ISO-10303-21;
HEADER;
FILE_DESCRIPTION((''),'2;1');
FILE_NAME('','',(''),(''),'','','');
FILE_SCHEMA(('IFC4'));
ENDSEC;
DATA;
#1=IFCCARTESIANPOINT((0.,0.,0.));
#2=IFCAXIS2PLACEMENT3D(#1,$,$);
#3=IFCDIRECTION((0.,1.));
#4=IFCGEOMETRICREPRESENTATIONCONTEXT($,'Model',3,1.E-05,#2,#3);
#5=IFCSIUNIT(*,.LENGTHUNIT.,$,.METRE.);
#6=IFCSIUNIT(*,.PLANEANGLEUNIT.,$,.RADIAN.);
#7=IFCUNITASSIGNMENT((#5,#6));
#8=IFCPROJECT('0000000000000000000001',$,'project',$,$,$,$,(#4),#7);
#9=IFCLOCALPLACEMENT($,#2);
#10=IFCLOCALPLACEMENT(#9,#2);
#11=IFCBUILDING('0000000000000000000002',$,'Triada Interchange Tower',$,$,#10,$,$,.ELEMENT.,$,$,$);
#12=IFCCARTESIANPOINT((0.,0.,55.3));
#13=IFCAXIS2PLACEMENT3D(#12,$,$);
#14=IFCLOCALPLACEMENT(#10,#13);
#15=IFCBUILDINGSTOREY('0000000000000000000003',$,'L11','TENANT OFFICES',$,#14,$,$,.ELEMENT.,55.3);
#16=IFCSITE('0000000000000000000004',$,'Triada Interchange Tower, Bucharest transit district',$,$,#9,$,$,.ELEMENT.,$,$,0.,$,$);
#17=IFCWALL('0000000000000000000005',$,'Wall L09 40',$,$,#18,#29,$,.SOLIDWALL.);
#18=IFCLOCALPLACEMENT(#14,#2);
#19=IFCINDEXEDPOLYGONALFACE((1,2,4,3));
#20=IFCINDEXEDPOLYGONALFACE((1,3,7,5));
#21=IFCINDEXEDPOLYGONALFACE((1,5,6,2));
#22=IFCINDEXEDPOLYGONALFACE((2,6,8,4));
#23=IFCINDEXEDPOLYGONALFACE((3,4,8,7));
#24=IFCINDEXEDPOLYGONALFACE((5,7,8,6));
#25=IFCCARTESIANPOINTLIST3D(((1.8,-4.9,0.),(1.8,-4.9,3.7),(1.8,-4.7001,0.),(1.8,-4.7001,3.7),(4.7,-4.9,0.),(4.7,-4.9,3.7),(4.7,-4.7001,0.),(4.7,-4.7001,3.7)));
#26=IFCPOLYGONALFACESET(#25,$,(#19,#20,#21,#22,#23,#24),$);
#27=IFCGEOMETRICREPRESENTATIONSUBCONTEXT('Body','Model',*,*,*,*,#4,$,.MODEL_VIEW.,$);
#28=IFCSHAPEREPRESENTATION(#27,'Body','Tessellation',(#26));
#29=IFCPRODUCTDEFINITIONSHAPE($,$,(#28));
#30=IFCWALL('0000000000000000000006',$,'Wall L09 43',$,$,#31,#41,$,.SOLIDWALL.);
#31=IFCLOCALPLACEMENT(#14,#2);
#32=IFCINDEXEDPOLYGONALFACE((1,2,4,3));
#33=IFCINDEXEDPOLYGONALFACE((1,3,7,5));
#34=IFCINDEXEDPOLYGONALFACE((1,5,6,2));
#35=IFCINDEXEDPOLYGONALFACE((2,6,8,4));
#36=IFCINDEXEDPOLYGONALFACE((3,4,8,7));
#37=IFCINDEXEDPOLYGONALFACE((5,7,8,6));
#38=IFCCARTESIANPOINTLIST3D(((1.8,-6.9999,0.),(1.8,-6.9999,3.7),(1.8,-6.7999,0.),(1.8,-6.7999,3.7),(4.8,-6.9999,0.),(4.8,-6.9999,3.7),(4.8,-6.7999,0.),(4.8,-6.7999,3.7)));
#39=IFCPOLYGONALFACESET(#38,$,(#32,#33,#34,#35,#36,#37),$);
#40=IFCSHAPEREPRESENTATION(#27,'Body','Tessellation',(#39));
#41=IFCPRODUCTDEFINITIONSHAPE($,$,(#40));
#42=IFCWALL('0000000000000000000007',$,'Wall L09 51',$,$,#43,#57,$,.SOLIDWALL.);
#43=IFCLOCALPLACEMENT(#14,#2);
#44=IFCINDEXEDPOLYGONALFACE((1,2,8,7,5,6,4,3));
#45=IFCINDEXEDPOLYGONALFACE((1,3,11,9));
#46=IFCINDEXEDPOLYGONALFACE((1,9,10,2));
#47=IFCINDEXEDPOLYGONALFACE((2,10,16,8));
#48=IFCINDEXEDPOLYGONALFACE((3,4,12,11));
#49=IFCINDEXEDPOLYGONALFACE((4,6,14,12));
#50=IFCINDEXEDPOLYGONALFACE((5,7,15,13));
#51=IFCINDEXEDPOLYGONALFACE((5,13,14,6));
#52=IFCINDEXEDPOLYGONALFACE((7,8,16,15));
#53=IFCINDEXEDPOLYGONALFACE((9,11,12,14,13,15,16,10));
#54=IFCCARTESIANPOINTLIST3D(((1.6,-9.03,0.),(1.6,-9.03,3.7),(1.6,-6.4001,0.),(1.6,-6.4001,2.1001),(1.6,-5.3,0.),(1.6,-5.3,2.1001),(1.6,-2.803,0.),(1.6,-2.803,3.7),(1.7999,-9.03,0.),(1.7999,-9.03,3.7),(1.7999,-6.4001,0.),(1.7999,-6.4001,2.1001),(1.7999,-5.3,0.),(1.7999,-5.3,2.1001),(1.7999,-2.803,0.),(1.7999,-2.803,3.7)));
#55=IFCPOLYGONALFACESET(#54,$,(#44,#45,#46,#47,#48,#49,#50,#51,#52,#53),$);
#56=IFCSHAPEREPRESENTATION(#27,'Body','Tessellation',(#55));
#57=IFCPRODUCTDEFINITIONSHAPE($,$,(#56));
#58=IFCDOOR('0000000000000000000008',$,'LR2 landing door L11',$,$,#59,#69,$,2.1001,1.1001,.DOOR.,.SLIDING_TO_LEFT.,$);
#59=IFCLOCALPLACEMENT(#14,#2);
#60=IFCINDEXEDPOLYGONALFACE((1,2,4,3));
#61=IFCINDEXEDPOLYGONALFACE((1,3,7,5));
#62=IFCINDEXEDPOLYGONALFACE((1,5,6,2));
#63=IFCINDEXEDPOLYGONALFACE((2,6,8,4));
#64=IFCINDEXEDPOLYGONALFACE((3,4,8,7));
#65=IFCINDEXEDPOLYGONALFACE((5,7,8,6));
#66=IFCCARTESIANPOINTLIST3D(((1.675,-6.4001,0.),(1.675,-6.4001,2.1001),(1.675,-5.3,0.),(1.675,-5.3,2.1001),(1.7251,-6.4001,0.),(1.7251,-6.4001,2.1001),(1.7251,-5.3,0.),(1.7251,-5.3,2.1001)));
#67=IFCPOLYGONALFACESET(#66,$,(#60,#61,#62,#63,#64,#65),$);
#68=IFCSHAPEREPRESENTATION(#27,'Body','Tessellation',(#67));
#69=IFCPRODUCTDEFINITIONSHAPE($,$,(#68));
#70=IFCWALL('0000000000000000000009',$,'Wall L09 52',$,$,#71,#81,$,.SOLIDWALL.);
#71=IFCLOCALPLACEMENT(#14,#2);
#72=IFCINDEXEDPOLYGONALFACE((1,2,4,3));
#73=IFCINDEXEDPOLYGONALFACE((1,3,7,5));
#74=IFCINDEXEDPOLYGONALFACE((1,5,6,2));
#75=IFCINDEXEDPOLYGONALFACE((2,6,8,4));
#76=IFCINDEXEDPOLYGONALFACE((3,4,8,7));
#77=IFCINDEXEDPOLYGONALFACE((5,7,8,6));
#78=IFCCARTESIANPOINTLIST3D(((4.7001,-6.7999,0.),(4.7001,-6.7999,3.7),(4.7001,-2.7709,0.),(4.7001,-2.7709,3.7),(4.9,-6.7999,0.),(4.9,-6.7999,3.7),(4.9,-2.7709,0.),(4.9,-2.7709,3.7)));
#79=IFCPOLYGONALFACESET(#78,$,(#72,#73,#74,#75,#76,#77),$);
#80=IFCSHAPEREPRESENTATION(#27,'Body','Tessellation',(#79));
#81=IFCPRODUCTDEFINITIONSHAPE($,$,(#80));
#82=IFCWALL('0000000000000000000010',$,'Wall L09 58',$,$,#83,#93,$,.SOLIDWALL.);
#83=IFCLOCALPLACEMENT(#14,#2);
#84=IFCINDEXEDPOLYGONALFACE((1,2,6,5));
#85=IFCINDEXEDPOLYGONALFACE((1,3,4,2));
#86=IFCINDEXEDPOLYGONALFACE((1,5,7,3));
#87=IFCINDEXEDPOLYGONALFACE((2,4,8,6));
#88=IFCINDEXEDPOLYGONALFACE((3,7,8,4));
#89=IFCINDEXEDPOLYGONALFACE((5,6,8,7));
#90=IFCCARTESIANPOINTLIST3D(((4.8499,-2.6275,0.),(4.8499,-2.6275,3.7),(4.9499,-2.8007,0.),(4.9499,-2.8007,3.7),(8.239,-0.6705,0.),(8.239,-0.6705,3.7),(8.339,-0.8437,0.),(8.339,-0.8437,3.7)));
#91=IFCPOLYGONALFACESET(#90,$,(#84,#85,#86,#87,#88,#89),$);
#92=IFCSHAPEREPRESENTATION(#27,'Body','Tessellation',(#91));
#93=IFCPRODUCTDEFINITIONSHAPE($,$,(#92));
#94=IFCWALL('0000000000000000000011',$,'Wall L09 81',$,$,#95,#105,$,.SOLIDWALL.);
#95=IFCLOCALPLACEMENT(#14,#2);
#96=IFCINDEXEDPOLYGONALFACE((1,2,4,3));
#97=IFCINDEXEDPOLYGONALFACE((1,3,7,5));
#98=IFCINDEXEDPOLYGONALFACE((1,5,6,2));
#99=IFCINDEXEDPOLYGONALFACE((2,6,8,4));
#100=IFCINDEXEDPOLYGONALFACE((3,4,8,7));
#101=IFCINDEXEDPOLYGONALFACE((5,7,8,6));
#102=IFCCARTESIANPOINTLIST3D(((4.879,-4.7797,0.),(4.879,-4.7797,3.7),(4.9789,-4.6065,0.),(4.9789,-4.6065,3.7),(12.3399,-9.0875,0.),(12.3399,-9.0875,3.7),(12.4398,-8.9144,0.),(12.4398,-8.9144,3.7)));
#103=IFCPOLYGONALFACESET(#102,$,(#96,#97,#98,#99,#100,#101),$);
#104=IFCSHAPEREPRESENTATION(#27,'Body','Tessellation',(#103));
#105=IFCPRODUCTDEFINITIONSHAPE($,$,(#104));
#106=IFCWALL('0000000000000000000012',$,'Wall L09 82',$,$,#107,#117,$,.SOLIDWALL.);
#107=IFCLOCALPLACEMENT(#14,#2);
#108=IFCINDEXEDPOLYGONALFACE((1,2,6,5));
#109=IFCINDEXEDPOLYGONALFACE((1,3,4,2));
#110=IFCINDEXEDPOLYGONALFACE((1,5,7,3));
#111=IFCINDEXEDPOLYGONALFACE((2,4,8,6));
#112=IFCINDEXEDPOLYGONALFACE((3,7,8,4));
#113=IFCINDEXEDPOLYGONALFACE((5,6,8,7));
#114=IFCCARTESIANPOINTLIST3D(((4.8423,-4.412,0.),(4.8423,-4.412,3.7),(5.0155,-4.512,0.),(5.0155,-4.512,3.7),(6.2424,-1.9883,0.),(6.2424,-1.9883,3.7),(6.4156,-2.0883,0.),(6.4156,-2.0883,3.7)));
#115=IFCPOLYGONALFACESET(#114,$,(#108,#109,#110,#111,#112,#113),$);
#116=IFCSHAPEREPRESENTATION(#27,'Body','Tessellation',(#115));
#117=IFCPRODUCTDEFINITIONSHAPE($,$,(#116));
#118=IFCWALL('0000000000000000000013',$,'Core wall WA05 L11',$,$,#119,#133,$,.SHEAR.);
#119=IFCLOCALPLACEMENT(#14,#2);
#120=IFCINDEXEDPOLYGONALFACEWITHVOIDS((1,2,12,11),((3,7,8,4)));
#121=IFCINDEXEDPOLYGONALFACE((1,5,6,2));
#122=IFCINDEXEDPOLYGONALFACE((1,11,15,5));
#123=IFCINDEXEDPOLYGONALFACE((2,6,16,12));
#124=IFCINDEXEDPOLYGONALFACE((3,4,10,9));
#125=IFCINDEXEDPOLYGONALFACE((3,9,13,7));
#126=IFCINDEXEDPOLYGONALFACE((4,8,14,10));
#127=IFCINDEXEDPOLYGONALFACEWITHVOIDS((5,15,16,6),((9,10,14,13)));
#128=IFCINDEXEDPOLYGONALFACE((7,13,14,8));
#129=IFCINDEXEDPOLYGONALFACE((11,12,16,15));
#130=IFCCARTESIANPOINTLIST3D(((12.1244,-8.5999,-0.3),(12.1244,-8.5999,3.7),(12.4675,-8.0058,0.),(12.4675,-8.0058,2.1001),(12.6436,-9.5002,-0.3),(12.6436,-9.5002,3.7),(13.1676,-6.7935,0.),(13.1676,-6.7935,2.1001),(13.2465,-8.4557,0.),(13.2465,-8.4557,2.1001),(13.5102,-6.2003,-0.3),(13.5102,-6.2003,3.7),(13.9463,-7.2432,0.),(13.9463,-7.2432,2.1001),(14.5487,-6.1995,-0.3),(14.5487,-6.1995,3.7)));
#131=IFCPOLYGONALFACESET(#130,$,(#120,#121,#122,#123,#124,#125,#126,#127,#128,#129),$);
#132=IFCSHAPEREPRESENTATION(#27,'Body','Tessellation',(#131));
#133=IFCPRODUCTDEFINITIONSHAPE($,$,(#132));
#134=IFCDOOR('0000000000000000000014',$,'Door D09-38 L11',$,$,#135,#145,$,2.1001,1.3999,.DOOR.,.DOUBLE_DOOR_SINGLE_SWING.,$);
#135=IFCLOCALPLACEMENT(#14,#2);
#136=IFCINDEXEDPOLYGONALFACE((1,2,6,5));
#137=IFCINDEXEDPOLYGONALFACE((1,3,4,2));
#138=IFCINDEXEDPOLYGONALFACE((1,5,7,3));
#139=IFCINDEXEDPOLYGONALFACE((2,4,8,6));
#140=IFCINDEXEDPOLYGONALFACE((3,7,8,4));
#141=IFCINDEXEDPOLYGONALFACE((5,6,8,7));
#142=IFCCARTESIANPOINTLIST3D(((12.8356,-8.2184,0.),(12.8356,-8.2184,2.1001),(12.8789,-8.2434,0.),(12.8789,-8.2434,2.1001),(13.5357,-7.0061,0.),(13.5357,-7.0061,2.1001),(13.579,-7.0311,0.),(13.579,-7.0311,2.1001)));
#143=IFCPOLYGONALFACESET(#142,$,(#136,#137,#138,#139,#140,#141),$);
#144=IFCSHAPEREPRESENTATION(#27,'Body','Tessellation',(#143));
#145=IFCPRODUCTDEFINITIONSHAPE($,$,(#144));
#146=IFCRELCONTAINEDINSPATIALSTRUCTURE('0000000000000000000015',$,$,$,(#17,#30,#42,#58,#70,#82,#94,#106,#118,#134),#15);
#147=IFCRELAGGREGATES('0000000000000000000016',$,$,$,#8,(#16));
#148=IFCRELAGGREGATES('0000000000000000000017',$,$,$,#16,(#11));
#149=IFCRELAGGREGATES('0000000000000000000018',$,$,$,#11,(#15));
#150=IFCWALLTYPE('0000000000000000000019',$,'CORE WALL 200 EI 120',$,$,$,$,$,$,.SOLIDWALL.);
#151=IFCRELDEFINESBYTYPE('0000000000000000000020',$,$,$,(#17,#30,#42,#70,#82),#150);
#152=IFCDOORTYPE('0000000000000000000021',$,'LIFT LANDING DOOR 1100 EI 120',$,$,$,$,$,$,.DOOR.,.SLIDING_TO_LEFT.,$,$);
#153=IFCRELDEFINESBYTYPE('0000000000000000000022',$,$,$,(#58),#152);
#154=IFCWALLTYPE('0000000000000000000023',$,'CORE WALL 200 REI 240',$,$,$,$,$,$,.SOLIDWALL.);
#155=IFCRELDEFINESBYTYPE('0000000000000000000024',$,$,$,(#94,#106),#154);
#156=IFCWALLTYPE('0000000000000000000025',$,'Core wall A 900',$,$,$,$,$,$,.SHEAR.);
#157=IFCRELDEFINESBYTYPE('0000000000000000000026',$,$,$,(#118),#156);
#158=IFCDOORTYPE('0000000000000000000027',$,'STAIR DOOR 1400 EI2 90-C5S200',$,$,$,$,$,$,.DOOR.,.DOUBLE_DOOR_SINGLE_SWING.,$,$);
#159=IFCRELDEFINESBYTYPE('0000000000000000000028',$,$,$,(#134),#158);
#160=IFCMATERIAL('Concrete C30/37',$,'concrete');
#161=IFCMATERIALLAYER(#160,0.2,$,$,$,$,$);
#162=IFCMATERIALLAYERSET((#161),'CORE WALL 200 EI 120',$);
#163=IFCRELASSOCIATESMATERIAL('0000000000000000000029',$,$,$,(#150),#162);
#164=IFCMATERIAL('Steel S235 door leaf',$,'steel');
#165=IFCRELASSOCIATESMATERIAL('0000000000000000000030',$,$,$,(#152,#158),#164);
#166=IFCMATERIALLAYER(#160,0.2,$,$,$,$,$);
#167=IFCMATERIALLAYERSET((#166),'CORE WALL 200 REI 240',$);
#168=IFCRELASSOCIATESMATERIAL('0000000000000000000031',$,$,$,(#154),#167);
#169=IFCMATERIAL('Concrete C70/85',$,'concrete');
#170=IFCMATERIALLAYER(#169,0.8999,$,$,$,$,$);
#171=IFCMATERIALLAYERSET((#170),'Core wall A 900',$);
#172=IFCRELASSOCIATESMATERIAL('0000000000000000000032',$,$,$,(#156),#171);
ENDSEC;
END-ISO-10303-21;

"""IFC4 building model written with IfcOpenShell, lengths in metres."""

from ifc_helpers import new_model, si_unit, direction, frame, frame_2d, origin, place, context, subcontext, project, spatial, polyline, rectangle, outline, extrude, material, layer, layer_set, type_object, element, fill, save


model = new_model("IFC4")

# Units and contexts
model_context = context("Model", 3, precision=1e-05, world=origin(), true_north=direction((0.0, 1.0)))
body_context = subcontext(model_context, "Body", "Model", "MODEL_VIEW")
ifc_project = project(units=[si_unit("LENGTHUNIT", "METRE"), si_unit("PLANEANGLEUNIT", "RADIAN")], contexts=[model_context])

# Site, building, storey
site_placement = place(None, origin())
site = spatial("IfcSite", under=ifc_project, at=site_placement, Name="Triada Interchange Tower, Bucharest transit district", CompositionType="ELEMENT", RefElevation=0.0)
building_placement = place(site_placement, origin())
building = spatial("IfcBuilding", under=site, at=building_placement, Name="Triada Interchange Tower", CompositionType="ELEMENT")
storey_placement = place(building_placement, frame((0.0, 0.0, 55.3)))
storey = spatial("IfcBuildingStorey", under=building, at=storey_placement, Name="L11", Description="TENANT OFFICES", CompositionType="ELEMENT", Elevation=55.3)

# Walls
ifc_material_1 = material(Name="Concrete C30/37", Category="concrete")
ifc_layer_1 = layer(ifc_material_1, 0.2)
ifc_layer_set_1 = layer_set([ifc_layer_1], Name="CORE WALL 200 EI 120")
wall_type_1 = type_object("IfcWallType", Name="CORE WALL 200 EI 120", PredefinedType="SOLIDWALL", material=ifc_layer_set_1)
wall_1_placement = place(storey_placement, frame((1.8, -4.8, 0.0), z_axis=(0.0, 0.0, 1.0), x_axis=(1.0, 0.0, 0.0)))
element("IfcWall", 1, at=wall_1_placement, inside=storey, type_object=wall_type_1, Name="Wall L09 40", PredefinedType="SOLIDWALL", context=body_context, shape_type="SweptSolid", body=[
    extrude(rectangle(XDim=2.8999, YDim=0.2, at=frame_2d((1.45, 0.0))), origin(), (0.0, 0.0, 1.0), 3.7),
])
wall_2_placement = place(storey_placement, frame((1.8, -6.8999, 0.0), z_axis=(0.0, 0.0, 1.0), x_axis=(1.0, 0.0, 0.0)))
element("IfcWall", 2, at=wall_2_placement, inside=storey, type_object=wall_type_1, Name="Wall L09 43", PredefinedType="SOLIDWALL", context=body_context, shape_type="SweptSolid", body=[
    extrude(rectangle(XDim=3.0, YDim=0.2, at=frame_2d((1.5, 0.0))), origin(), (0.0, 0.0, 1.0), 3.7),
])

# Wall, opening, door
wall_3_placement = place(storey_placement, frame((1.7, -9.03, 0.0), z_axis=(0.0, 0.0, 1.0), x_axis=(0.0, 1.0, 0.0)))
wall_3 = element("IfcWall", 3, at=wall_3_placement, inside=storey, type_object=wall_type_1, Name="Wall L09 51", PredefinedType="SOLIDWALL", context=body_context, shape_type="SweptSolid", body=[
    extrude(rectangle(XDim=6.2271, YDim=0.2, at=frame_2d((3.1135, 0.0))), origin(), (0.0, 0.0, 1.0), 3.7),
])
opening_1_placement = place(wall_3_placement, frame((2.6299, 0.0, 0.0)))
opening_1 = element("IfcOpeningElement", 4, at=opening_1_placement, cuts=wall_3, PredefinedType="OPENING", context=body_context, shape_type="SweptSolid", body=[
    extrude(rectangle(XDim=1.1001, YDim=2.1001, at=frame_2d((0.55, 1.05))), frame((0.0, 0.1099, 0.0), z_axis=(0.0, -1.0, 0.0), x_axis=(1.0, 0.0, 0.0)), (0.0, 0.0, 1.0), 0.22),
])
ifc_material_2 = material(Name="Steel S235 door leaf", Category="steel")
door_type_1 = type_object("IfcDoorType", Name="LIFT LANDING DOOR 1100 EI 120", OperationType="SLIDING_TO_LEFT", PredefinedType="DOOR", material=ifc_material_2)
door_1_placement = place(opening_1_placement, origin())
door_1 = element("IfcDoor", 5, at=door_1_placement, inside=storey, type_object=door_type_1, Name="LR2 landing door L11", OperationType="SLIDING_TO_LEFT", OverallHeight=2.1001, OverallWidth=1.1001, PredefinedType="DOOR", context=body_context, shape_type="SweptSolid", body=[
    extrude(rectangle(XDim=1.1001, YDim=2.1001, at=frame_2d((0.55, 1.05))), frame((0.0, 0.0249, 0.0), z_axis=(0.0, -1.0, 0.0), x_axis=(1.0, 0.0, 0.0)), (0.0, 0.0, 1.0), 0.05),
])
fill(opening_1, door_1)

# Walls
wall_4_placement = place(storey_placement, frame((4.8, -6.8, 0.0), z_axis=(0.0, 0.0, 1.0), x_axis=(0.0, 1.0, 0.0)))
element("IfcWall", 6, at=wall_4_placement, inside=storey, type_object=wall_type_1, Name="Wall L09 52", PredefinedType="SOLIDWALL", context=body_context, shape_type="SweptSolid", body=[
    extrude(rectangle(XDim=4.0291, YDim=0.2, at=frame_2d((2.0146, 0.0))), origin(), (0.0, 0.0, 1.0), 3.7),
])
wall_5_placement = place(storey_placement, frame((4.8999, -2.7141, 0.0), z_axis=(0.0, 0.0, 1.0), x_axis=(0.865992, 0.500057, 0.0)))
element("IfcWall", 7, at=wall_5_placement, inside=storey, type_object=wall_type_1, Name="Wall L09 58", PredefinedType="SOLIDWALL", context=body_context, shape_type="SweptSolid", body=[
    extrude(rectangle(XDim=3.9136, YDim=0.2, at=frame_2d((1.9568, 0.0))), origin(), (0.0, 0.0, 1.0), 3.7),
])
ifc_layer_2 = layer(ifc_material_1, 0.2)
ifc_layer_set_2 = layer_set([ifc_layer_2], Name="CORE WALL 200 REI 240")
wall_type_2 = type_object("IfcWallType", Name="CORE WALL 200 REI 240", PredefinedType="SOLIDWALL", material=ifc_layer_set_2)
wall_6_placement = place(storey_placement, frame((4.929, -4.6931, 0.0), z_axis=(0.0, 0.0, 1.0), x_axis=(0.866011, -0.500025, 0.0)))
element("IfcWall", 8, at=wall_6_placement, inside=storey, type_object=wall_type_2, Name="Wall L09 81", PredefinedType="SOLIDWALL", context=body_context, shape_type="SweptSolid", body=[
    extrude(rectangle(XDim=8.6152, YDim=0.2, at=frame_2d((4.3076, 0.0))), origin(), (0.0, 0.0, 1.0), 3.7),
])
wall_7_placement = place(storey_placement, frame((4.929, -4.4619, 0.0), z_axis=(0.0, 0.0, 1.0), x_axis=(0.500201, 0.86591, 0.0)))
element("IfcWall", 9, at=wall_7_placement, inside=storey, type_object=wall_type_2, Name="Wall L09 82", PredefinedType="SOLIDWALL", context=body_context, shape_type="SweptSolid", body=[
    extrude(rectangle(XDim=2.7991, YDim=0.2, at=frame_2d((1.3994, 0.0))), origin(), (0.0, 0.0, 1.0), 3.7),
])

# Wall, opening, door
ifc_material_3 = material(Name="Concrete C70/85", Category="concrete")
ifc_layer_3 = layer(ifc_material_3, 0.8999)
ifc_layer_set_3 = layer_set([ifc_layer_3], Name="Core wall A 900")
wall_type_3 = type_object("IfcWallType", Name="Core wall A 900", PredefinedType="SHEAR", material=ifc_layer_set_3)
wall_8_placement = place(storey_placement, frame((12.384, -9.05, -0.3), z_axis=(0.0, 0.0, 1.0), x_axis=(0.500112, 0.865961, 0.0)))
wall_8 = element("IfcWall", 10, at=wall_8_placement, inside=storey, type_object=wall_type_3, Name="Core wall WA05 L11", PredefinedType="SHEAR", context=body_context, shape_type="SweptSolid", body=[
    extrude(outline(polyline([(-0.26, -0.45), (1.6455, -0.4495), (3.551, -0.449), (3.031, 0.45), (1.6455, 0.45), (0.26, 0.45), (-0.26, -0.45)])), origin(), (0.0, 0.0, 1.0), 4.0),
])
opening_2_placement = place(wall_8_placement, frame((0.946, 0.0, 0.3)))
opening_2 = element("IfcOpeningElement", 11, at=opening_2_placement, cuts=wall_8, PredefinedType="OPENING", context=body_context, shape_type="SweptSolid", body=[
    extrude(rectangle(XDim=1.3999, YDim=2.1001, at=frame_2d((0.7, 1.05))), frame((0.0, 0.46, 0.0), z_axis=(0.0, -1.0, 0.0), x_axis=(1.0, 0.0, 0.0)), (0.0, 0.0, 1.0), 0.9199),
])
door_type_2 = type_object("IfcDoorType", Name="STAIR DOOR 1400 EI2 90-C5S200", OperationType="DOUBLE_DOOR_SINGLE_SWING", PredefinedType="DOOR", material=ifc_material_2)
door_2_placement = place(opening_2_placement, origin())
door_2 = element("IfcDoor", 12, at=door_2_placement, inside=storey, type_object=door_type_2, Name="Door D09-38 L11", OperationType="DOUBLE_DOOR_SINGLE_SWING", OverallHeight=2.1001, OverallWidth=1.3999, PredefinedType="DOOR", context=body_context, shape_type="SweptSolid", body=[
    extrude(rectangle(XDim=1.3999, YDim=2.1001, at=frame_2d((0.7, 1.05))), frame((0.0, 0.0249, 0.0), z_axis=(0.0, -1.0, 0.0), x_axis=(1.0, 0.0, 0.0)), (0.0, 0.0, 1.0), 0.05),
])
fill(opening_2, door_2)

save(model, "model.ifc")
